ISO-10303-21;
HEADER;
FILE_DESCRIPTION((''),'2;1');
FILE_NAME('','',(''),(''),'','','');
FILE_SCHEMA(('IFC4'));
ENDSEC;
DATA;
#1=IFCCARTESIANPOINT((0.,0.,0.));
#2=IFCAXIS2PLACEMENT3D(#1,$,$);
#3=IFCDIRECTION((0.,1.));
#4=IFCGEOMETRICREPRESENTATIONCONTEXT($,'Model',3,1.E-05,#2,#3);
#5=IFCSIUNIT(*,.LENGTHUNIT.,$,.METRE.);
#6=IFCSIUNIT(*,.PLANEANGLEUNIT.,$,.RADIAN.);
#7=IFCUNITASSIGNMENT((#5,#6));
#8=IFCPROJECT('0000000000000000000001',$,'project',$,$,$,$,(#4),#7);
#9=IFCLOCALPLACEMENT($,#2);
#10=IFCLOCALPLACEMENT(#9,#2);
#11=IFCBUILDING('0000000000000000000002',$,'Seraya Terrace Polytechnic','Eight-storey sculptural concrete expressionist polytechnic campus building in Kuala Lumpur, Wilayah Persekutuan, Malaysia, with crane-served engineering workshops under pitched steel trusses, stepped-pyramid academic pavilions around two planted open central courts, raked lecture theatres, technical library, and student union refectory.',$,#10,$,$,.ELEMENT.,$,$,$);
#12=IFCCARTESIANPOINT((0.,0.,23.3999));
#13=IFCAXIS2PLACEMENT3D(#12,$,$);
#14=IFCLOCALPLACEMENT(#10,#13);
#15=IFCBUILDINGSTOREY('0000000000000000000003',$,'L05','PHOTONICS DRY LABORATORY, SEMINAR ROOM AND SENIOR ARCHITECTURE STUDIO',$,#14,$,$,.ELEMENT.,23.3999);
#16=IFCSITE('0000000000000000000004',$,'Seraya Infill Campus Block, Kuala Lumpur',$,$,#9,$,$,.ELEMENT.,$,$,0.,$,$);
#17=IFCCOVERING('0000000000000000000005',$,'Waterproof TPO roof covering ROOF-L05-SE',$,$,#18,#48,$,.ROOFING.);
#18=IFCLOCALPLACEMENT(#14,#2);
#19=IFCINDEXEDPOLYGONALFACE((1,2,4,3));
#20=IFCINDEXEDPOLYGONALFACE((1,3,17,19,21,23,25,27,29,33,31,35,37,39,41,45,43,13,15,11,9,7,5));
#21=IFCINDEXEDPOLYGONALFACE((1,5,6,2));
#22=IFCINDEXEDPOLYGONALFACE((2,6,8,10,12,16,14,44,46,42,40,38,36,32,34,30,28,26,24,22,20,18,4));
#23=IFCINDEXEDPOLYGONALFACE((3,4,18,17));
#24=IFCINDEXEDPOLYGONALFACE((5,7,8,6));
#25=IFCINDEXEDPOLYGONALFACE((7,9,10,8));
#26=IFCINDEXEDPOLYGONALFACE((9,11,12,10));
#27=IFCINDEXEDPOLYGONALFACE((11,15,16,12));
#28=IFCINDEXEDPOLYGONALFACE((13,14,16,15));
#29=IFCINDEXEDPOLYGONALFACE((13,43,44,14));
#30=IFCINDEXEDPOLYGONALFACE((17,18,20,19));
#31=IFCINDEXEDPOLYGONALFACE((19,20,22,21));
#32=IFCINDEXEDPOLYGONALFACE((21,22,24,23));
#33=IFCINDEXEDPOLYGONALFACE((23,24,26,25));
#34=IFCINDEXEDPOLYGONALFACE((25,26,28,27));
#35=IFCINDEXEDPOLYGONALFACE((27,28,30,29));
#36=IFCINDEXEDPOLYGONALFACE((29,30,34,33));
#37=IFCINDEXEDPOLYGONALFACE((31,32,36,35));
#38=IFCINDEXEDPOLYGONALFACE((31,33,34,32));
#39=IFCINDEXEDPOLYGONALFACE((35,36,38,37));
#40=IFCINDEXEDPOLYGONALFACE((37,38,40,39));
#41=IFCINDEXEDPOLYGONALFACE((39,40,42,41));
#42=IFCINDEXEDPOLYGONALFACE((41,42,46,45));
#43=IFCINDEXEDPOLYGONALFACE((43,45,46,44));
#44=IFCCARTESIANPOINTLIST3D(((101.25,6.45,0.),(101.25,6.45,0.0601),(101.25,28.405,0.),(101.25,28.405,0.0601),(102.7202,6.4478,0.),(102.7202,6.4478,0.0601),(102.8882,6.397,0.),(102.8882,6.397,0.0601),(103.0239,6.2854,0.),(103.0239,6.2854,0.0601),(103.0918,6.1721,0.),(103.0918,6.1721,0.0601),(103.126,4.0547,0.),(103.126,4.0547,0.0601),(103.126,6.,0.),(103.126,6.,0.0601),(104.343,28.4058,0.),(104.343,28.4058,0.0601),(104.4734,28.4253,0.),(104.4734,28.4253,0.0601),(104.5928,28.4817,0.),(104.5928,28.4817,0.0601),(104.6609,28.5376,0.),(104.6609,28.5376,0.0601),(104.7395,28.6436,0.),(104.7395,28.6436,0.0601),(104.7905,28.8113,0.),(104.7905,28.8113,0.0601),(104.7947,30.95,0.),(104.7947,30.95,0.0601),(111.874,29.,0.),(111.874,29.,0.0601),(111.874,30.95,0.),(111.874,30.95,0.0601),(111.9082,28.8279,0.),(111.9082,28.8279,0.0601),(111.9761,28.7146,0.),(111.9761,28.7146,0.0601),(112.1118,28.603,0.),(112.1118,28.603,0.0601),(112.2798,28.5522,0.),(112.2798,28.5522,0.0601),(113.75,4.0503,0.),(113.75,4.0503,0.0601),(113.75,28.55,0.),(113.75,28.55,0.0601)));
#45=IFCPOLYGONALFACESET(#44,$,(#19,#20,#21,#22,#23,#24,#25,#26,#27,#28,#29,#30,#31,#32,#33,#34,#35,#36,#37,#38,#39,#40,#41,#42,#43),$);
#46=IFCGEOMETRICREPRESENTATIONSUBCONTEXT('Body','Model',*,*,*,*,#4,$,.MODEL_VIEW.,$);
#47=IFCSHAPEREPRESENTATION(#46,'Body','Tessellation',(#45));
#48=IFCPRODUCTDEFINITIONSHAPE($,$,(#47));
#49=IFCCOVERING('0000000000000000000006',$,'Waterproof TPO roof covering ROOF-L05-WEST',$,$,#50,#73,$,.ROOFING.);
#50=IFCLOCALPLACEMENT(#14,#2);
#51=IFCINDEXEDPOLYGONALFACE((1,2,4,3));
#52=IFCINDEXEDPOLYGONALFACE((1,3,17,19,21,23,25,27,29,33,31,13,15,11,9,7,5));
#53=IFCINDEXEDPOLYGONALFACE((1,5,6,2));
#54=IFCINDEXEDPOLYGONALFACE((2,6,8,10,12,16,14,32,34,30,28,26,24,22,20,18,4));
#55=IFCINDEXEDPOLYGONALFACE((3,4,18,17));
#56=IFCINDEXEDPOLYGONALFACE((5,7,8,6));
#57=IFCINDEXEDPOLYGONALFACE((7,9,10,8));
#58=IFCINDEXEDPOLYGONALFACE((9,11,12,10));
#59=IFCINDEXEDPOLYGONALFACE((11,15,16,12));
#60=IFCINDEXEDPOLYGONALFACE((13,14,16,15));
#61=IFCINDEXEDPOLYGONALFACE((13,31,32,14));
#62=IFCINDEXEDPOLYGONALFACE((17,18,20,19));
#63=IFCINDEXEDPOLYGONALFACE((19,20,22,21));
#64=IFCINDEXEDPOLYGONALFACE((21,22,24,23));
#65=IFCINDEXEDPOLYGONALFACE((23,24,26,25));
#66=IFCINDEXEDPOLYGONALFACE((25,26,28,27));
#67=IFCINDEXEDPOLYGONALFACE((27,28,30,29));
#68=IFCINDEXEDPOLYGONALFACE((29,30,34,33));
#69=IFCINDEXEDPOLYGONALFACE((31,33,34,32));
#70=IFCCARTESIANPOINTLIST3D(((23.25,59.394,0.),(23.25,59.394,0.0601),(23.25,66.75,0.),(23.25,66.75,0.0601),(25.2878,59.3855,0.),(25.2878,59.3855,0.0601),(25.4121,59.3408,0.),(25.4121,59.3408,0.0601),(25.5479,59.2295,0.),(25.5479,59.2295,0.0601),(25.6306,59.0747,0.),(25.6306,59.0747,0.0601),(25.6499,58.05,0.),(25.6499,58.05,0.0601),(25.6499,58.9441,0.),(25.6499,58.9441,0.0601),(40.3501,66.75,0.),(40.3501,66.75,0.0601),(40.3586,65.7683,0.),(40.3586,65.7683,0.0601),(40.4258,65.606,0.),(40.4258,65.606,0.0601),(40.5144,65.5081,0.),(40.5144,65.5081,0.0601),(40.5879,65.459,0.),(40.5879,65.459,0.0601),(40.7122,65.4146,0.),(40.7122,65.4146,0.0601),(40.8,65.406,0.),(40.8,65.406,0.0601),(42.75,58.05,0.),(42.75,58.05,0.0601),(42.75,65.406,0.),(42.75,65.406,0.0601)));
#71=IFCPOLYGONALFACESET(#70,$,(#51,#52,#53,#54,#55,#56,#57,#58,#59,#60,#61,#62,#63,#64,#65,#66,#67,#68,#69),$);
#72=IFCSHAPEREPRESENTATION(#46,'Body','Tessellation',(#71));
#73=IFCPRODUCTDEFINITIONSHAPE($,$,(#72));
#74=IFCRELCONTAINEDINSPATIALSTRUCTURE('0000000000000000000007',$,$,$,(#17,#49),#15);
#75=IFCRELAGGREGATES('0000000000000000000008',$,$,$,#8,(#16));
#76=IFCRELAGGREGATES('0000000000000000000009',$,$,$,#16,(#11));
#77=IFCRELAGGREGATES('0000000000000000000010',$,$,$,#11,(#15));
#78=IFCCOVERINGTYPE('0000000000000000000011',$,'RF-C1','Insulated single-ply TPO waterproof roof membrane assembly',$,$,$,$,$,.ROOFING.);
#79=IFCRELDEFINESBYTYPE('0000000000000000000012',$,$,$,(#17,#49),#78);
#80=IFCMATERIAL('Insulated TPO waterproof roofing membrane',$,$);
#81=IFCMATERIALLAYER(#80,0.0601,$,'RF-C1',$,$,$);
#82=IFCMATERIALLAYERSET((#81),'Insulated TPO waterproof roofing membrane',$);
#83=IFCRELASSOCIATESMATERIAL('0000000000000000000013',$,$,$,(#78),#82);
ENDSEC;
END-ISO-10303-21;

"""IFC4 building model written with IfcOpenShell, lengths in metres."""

from ifc_helpers import new_model, si_unit, direction, frame, origin, place, context, subcontext, project, spatial, polyline, outline, extrude, material, layer, layer_set, type_object, element, save


model = new_model("IFC4")

# Units and contexts
model_context = context("Model", 3, precision=1e-05, world=origin(), true_north=direction((0.0, 1.0)))
body_context = subcontext(model_context, "Body", "Model", "MODEL_VIEW")
ifc_project = project(units=[si_unit("LENGTHUNIT", "METRE"), si_unit("PLANEANGLEUNIT", "RADIAN")], contexts=[model_context])

# Site, building, storey
site_placement = place(None, origin())
site = spatial("IfcSite", under=ifc_project, at=site_placement, Name="Seraya Infill Campus Block, Kuala Lumpur", CompositionType="ELEMENT", RefElevation=0.0)
building_placement = place(site_placement, origin())
building = spatial("IfcBuilding", under=site, at=building_placement, Name="Seraya Terrace Polytechnic", Description="Eight-storey sculptural concrete expressionist polytechnic campus building in Kuala Lumpur, Wilayah Persekutuan, Malaysia, with crane-served engineering workshops under pitched steel trusses, stepped-pyramid academic pavilions around two planted open central courts, raked lecture theatres, technical library, and student union refectory.", CompositionType="ELEMENT")
storey_placement = place(building_placement, frame((0.0, 0.0, 23.3999)))
storey = spatial("IfcBuildingStorey", under=building, at=storey_placement, Name="L05", Description="PHOTONICS DRY LABORATORY, SEMINAR ROOM AND SENIOR ARCHITECTURE STUDIO", CompositionType="ELEMENT", Elevation=23.3999)

# Coverings
ifc_material_1 = material(Name="Insulated TPO waterproof roofing membrane")
ifc_layer_1 = layer(ifc_material_1, 0.0601, Name="RF-C1")
ifc_layer_set_1 = layer_set([ifc_layer_1], Name="Insulated TPO waterproof roofing membrane")
covering_type = type_object("IfcCoveringType", Name="RF-C1", Description="Insulated single-ply TPO waterproof roof membrane assembly", PredefinedType="ROOFING", material=ifc_layer_set_1)
covering_1_placement = place(storey_placement, origin())
element("IfcCovering", 1, at=covering_1_placement, inside=storey, type_object=covering_type, Name="Waterproof TPO roof covering ROOF-L05-SE", PredefinedType="ROOFING", context=body_context, shape_type="SweptSolid", body=[
    extrude(outline(polyline([(111.874, 30.95), (111.874, 29.0), (111.9082, 28.8279), (111.9761, 28.7146), (112.1118, 28.603), (112.2798, 28.5522), (113.75, 28.55), (113.75, 4.0503), (103.126, 4.0547), (103.126, 6.0), (103.0918, 6.1721), (103.0239, 6.2854), (102.8882, 6.397), (102.7202, 6.4478), (101.25, 6.45), (101.25, 28.405), (104.343, 28.4058), (104.4734, 28.4253), (104.5928, 28.4817), (104.6609, 28.5376), (104.7395, 28.6436), (104.7905, 28.8113), (104.7947, 30.95), (111.874, 30.95)])), origin(), (0.0, 0.0, 1.0), 0.0601),
])
covering_2_placement = place(storey_placement, origin())
element("IfcCovering", 2, at=covering_2_placement, inside=storey, type_object=covering_type, Name="Waterproof TPO roof covering ROOF-L05-WEST", PredefinedType="ROOFING", context=body_context, shape_type="SweptSolid", body=[
    extrude(outline(polyline([(25.6499, 58.9441), (25.6306, 59.0747), (25.5479, 59.2295), (25.4121, 59.3408), (25.2878, 59.3855), (23.25, 59.394), (23.25, 66.75), (40.3501, 66.75), (40.3586, 65.7683), (40.4258, 65.606), (40.5144, 65.5081), (40.5879, 65.459), (40.7122, 65.4146), (40.8, 65.406), (42.75, 65.406), (42.75, 58.05), (25.6499, 58.05), (25.6499, 58.9441)])), origin(), (0.0, 0.0, 1.0), 0.0601),
])

save(model, "model.ifc")
